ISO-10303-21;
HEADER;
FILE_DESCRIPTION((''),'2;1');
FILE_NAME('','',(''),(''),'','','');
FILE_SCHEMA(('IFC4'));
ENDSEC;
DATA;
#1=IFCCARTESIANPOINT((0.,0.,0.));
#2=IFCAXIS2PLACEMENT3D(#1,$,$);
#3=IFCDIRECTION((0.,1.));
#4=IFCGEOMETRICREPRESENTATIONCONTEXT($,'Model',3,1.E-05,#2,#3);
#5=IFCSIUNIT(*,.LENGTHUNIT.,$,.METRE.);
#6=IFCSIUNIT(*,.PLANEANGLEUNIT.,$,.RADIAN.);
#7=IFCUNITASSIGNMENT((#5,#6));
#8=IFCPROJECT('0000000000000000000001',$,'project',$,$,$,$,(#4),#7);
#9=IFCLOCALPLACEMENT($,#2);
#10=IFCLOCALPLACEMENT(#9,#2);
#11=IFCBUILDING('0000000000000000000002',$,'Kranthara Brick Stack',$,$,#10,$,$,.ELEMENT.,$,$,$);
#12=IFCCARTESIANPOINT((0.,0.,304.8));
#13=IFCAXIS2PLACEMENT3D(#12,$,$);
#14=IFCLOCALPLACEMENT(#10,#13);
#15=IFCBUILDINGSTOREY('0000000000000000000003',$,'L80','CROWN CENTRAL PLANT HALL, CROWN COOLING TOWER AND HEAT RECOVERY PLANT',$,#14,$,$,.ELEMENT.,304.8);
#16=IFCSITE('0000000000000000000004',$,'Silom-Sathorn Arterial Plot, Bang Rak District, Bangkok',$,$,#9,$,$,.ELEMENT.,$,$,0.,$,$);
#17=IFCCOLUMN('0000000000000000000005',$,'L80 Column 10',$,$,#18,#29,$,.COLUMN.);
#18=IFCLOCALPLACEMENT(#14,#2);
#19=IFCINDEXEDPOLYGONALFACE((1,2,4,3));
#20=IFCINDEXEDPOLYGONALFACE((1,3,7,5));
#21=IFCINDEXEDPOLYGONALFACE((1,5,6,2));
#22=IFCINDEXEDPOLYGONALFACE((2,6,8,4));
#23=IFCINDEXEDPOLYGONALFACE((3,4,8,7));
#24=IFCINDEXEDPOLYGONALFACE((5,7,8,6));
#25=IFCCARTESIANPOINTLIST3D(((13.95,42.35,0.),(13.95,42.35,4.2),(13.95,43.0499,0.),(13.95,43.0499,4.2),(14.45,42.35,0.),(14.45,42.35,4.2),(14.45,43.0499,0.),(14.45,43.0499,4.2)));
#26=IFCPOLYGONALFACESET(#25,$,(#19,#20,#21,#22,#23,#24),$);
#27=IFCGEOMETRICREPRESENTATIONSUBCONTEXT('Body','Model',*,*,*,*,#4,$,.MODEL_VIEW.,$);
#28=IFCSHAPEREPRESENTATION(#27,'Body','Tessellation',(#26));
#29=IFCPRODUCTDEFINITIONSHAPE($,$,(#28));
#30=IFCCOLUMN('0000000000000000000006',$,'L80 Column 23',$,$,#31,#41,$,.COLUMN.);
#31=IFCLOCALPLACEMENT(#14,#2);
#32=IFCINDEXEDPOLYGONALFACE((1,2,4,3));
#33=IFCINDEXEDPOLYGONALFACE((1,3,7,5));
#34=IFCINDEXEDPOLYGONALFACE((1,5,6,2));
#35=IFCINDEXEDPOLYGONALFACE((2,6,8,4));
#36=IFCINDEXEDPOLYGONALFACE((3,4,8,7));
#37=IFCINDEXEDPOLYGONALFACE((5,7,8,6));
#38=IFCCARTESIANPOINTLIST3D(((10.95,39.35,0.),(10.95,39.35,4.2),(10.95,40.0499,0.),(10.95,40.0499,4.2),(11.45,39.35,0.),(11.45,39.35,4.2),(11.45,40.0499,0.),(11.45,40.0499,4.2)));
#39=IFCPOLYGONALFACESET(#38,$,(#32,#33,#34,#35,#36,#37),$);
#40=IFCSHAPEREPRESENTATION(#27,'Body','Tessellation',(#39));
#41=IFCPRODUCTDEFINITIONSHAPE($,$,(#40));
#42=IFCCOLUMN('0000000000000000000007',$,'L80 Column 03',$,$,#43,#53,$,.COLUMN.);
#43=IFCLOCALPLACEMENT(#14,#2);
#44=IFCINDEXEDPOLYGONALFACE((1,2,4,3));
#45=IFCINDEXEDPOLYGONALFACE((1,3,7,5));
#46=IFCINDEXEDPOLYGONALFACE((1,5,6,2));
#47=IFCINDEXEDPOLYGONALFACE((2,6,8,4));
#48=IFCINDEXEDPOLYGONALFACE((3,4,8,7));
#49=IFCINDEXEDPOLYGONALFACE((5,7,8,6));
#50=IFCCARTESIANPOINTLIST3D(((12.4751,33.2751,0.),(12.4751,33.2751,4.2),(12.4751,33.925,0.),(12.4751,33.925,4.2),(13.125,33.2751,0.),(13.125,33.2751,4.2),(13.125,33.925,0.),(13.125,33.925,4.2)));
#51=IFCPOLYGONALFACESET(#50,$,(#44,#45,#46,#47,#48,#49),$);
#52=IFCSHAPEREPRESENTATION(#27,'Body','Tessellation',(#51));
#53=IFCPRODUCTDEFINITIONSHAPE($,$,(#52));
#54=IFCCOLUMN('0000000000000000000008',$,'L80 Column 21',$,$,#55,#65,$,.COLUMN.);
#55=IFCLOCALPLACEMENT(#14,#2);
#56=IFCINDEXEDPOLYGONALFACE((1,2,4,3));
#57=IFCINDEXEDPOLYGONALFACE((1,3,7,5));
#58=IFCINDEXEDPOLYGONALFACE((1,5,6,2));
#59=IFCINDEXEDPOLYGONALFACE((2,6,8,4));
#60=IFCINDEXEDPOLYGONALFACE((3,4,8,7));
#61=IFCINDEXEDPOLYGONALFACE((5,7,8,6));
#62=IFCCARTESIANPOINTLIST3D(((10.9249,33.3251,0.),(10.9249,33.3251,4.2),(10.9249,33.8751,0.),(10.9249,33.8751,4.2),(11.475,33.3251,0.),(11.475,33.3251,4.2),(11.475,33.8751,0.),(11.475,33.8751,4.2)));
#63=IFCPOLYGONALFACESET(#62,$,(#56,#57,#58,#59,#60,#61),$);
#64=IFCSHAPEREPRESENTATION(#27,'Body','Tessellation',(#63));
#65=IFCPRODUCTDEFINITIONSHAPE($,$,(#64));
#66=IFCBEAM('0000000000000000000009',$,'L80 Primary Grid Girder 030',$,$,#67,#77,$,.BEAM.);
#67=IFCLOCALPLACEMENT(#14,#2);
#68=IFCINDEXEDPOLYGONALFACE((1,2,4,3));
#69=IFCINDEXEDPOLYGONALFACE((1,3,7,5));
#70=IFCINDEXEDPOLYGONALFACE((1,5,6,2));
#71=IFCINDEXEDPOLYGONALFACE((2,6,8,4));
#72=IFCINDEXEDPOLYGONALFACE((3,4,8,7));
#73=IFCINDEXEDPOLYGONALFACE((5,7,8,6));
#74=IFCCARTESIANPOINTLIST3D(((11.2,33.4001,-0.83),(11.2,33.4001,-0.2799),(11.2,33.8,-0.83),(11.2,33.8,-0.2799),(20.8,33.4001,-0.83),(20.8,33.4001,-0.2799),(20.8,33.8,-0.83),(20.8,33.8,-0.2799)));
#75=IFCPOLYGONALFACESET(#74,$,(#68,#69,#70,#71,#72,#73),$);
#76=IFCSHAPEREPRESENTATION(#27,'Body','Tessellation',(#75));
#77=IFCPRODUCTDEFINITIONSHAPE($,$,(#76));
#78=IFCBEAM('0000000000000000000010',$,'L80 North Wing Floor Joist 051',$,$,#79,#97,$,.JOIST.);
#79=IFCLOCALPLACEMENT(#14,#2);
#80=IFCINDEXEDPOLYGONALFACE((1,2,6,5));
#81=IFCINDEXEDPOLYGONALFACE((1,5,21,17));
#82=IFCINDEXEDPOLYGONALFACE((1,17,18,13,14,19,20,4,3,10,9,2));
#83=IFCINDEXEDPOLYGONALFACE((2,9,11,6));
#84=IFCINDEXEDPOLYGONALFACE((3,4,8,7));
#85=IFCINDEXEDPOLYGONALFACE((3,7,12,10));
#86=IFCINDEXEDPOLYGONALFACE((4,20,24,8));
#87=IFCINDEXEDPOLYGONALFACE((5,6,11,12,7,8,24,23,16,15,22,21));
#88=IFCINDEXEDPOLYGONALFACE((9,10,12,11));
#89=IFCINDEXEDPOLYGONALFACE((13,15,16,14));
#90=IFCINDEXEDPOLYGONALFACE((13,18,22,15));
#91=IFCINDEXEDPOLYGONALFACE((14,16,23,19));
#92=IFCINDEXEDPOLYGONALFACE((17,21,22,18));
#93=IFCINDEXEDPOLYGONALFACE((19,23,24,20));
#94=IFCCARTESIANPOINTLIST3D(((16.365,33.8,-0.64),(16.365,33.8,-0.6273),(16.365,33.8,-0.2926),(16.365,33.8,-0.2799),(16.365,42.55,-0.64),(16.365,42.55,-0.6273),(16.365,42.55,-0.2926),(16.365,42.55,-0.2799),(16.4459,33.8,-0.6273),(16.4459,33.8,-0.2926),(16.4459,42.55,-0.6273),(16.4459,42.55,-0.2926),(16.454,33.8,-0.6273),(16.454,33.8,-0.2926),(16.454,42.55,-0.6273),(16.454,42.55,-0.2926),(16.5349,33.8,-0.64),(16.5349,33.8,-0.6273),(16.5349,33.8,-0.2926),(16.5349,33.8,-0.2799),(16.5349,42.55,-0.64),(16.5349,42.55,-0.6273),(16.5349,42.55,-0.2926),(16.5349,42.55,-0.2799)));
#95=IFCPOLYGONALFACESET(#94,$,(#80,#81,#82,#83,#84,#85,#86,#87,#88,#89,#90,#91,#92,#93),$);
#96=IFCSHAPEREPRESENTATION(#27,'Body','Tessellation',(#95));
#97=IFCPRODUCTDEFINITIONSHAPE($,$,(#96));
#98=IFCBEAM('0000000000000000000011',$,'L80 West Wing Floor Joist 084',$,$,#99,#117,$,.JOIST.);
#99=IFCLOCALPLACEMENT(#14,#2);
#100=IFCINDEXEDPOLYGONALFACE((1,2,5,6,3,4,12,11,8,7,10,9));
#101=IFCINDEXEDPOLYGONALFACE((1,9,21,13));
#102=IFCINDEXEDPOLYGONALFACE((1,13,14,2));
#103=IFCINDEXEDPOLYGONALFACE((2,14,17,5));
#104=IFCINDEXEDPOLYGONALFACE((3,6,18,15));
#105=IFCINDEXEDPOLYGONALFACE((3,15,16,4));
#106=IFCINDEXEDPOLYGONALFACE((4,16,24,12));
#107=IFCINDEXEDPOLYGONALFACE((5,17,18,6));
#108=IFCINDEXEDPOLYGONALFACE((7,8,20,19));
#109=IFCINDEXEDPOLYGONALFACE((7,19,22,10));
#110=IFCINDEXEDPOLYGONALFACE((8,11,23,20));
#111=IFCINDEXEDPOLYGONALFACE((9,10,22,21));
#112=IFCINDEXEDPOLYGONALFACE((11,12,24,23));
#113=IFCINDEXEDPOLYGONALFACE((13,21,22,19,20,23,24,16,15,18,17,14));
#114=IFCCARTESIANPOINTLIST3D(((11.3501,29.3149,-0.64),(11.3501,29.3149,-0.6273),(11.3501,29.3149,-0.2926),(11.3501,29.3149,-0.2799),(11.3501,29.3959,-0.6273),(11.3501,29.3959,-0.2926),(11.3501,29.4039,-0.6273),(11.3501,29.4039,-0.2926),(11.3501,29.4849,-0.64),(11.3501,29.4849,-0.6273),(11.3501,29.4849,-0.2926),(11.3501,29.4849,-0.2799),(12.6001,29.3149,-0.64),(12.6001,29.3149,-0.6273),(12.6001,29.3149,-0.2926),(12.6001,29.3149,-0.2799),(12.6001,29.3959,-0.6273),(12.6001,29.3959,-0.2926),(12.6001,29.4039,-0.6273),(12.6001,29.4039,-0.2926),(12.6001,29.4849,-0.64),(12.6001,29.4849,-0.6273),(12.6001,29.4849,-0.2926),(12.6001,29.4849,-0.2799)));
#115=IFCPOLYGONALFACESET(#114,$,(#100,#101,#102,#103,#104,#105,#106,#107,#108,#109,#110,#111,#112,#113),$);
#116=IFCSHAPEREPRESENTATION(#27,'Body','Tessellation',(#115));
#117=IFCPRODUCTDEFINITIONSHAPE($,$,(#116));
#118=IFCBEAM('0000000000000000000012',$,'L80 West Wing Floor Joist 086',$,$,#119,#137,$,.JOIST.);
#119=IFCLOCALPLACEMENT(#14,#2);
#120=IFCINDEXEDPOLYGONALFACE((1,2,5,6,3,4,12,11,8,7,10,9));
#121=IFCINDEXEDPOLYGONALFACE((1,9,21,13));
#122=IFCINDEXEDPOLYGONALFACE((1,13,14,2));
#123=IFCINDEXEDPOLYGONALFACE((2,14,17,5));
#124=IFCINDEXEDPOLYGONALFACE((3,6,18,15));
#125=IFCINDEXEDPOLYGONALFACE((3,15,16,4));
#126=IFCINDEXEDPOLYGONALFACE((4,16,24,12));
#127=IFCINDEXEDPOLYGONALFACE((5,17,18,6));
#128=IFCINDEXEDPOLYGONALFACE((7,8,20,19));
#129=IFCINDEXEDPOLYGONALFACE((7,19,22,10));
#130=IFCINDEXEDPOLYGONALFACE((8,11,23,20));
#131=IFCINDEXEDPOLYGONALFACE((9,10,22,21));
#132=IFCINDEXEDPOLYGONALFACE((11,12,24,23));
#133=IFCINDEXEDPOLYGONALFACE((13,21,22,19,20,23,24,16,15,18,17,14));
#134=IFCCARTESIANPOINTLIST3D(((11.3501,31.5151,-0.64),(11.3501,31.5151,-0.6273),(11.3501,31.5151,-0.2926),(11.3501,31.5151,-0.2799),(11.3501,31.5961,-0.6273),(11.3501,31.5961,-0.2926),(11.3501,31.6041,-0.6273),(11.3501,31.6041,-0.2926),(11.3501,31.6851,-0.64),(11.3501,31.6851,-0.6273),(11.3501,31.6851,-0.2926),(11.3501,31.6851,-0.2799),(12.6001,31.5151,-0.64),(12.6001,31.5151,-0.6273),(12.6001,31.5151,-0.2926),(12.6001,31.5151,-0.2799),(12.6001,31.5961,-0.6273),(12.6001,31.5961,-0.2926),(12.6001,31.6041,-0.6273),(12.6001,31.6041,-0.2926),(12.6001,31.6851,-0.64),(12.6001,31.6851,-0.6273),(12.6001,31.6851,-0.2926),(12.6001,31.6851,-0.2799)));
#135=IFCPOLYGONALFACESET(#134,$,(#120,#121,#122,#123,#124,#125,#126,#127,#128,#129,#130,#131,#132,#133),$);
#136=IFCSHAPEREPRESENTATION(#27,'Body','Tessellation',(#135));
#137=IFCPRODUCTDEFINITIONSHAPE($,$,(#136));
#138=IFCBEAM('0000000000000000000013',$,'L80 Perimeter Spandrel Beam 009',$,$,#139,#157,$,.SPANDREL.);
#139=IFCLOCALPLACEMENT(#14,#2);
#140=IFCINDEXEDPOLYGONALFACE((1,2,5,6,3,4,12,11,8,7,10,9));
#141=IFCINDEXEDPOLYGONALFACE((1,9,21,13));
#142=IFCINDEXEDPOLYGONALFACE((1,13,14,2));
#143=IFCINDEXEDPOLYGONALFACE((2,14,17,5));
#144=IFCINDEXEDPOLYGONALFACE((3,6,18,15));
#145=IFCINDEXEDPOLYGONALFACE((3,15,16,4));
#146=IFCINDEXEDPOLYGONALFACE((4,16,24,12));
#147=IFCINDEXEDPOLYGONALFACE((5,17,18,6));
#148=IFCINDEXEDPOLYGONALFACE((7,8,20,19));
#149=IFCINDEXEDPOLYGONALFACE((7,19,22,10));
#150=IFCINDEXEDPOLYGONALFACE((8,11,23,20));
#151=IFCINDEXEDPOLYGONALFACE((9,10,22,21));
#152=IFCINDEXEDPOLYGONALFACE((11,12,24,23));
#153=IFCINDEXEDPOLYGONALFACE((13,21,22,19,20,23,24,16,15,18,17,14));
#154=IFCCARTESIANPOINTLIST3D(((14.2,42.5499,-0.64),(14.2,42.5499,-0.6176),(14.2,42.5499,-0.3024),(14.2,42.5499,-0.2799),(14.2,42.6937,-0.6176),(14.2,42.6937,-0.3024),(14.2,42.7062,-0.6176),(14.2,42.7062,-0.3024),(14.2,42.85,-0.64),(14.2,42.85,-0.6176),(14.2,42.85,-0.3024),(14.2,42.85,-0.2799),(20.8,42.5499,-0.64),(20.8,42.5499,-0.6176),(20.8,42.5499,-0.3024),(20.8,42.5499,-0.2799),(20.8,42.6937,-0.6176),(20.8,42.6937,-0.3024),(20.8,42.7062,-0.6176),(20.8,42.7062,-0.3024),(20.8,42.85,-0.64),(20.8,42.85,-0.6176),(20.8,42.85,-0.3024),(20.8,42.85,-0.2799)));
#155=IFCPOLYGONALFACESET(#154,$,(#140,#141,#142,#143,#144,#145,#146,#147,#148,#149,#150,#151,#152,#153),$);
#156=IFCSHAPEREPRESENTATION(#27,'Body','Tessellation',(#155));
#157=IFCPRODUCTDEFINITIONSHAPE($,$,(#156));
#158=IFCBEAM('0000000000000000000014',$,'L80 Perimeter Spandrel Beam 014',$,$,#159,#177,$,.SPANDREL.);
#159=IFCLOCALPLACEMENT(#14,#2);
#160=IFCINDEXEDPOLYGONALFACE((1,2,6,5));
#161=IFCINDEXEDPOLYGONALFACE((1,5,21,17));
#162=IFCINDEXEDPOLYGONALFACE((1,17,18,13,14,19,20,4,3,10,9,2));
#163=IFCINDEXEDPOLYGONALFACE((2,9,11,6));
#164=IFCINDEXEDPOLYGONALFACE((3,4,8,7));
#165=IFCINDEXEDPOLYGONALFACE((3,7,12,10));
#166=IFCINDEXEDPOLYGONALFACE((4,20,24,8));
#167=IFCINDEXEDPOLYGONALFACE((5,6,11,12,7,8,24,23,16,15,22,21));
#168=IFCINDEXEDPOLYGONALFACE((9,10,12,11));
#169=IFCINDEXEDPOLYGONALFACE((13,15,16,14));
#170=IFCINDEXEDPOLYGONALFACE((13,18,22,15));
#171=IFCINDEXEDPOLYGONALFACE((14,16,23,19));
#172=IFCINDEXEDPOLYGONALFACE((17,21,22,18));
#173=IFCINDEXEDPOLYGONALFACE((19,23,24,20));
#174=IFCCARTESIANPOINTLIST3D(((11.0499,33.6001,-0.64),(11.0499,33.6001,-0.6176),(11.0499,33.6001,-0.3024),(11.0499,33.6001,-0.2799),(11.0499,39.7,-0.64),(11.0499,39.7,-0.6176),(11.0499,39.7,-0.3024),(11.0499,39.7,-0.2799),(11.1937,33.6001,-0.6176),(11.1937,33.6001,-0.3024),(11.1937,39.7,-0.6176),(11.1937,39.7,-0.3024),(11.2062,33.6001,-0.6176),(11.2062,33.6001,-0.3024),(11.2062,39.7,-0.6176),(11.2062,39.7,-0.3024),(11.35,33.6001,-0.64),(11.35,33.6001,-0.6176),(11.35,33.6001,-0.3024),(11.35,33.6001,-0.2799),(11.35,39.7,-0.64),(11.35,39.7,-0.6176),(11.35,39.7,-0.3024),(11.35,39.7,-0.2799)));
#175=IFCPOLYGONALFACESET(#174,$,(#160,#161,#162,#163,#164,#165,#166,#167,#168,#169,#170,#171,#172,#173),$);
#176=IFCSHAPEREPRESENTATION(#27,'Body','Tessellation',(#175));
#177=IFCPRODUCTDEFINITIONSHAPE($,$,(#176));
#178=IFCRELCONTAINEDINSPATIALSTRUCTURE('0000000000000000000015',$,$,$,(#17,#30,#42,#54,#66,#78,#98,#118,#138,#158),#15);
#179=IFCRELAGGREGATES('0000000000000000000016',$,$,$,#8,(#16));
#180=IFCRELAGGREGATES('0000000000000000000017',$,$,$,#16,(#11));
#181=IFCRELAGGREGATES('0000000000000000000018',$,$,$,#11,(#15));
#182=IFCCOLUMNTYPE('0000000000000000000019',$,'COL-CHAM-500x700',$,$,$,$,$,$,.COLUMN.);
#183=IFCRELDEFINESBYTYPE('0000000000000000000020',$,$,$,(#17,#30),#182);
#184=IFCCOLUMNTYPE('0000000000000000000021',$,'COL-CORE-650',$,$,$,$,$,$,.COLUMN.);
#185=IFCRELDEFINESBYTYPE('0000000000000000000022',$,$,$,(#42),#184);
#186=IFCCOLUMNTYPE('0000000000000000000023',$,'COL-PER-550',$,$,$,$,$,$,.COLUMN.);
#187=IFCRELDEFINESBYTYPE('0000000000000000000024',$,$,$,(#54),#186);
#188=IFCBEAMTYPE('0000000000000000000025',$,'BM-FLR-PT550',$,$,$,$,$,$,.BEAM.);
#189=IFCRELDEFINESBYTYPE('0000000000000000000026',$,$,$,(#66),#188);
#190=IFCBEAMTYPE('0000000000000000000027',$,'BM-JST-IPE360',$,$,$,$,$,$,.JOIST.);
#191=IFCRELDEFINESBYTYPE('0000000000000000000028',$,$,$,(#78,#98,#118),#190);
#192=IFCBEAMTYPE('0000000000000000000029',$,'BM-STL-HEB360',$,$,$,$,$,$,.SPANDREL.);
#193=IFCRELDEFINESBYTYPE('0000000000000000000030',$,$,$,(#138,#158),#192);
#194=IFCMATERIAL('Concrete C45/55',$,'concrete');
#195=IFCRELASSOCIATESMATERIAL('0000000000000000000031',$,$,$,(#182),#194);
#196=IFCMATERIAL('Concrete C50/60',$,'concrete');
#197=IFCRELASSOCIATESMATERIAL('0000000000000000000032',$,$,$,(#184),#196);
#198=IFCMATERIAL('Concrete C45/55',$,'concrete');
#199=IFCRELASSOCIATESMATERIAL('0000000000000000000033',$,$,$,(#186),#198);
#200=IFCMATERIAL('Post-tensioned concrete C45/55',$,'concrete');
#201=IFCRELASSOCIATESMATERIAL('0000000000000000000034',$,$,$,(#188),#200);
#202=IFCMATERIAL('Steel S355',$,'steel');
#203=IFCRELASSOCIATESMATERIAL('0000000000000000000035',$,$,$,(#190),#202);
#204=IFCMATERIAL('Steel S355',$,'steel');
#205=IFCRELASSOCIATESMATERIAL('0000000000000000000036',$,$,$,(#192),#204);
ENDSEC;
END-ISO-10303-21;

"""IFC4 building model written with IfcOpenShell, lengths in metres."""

from ifc_helpers import new_model, si_unit, direction, frame, origin, origin_2d, place, context, subcontext, project, spatial, rectangle, i_section, extrude, material, material_profile, profile_set, type_object, element, save


model = new_model("IFC4")

# Units and contexts
model_context = context("Model", 3, precision=1e-05, world=origin(), true_north=direction((0.0, 1.0)))
body_context = subcontext(model_context, "Body", "Model", "MODEL_VIEW")
ifc_project = project(units=[si_unit("LENGTHUNIT", "METRE"), si_unit("PLANEANGLEUNIT", "RADIAN")], contexts=[model_context])

# Site, building, storey
site_placement = place(None, origin())
site = spatial("IfcSite", under=ifc_project, at=site_placement, Name="Silom-Sathorn Arterial Plot, Bang Rak District, Bangkok", CompositionType="ELEMENT", RefElevation=0.0)
building_placement = place(site_placement, origin())
building = spatial("IfcBuilding", under=site, at=building_placement, Name="Kranthara Brick Stack", CompositionType="ELEMENT")
storey_placement = place(building_placement, frame((0.0, 0.0, 304.8)))
storey = spatial("IfcBuildingStorey", under=building, at=storey_placement, Name="L80", Description="CROWN CENTRAL PLANT HALL, CROWN COOLING TOWER AND HEAT RECOVERY PLANT", CompositionType="ELEMENT", Elevation=304.8)

# Columns
ifc_material_1 = material(Name="Concrete C45/55", Category="concrete")
ifc_material_profile_1 = material_profile(ifc_material_1, rectangle(XDim=0.5, YDim=0.7, at=origin_2d()), Name="RC 500x700")
ifc_profile_set_1 = profile_set([ifc_material_profile_1], Name="Concrete C45/55")
column_type_1 = type_object("IfcColumnType", Name="COL-CHAM-500x700", PredefinedType="COLUMN", material=ifc_profile_set_1)
for number, where, z_axis, x_axis, name in (
    (1, (14.2, 42.7, 0.0), (0.0, 0.0, 1.0), (1.0, 0.0, 0.0), "L80 Column 10"),
    (2, (11.2, 39.7, 0.0), (0.0, 0.0, 1.0), (1.0, 0.0, 0.0), "L80 Column 23"),
):
    element("IfcColumn", number, at=place(storey_placement, frame(where, z_axis=z_axis, x_axis=x_axis)), inside=storey, type_object=column_type_1, Name=name, PredefinedType="COLUMN", context=body_context, shape_type="SweptSolid", body=[
        extrude(rectangle(XDim=0.5, YDim=0.7, at=origin_2d()), origin(), (0.0, 0.0, 1.0), 4.2),
    ])
ifc_material_2 = material(Name="Concrete C50/60", Category="concrete")
ifc_material_profile_2 = material_profile(ifc_material_2, rectangle(XDim=0.6499, YDim=0.6499, at=origin_2d()), Name="RC 650x650")
ifc_profile_set_2 = profile_set([ifc_material_profile_2], Name="Concrete C50/60")
column_type_2 = type_object("IfcColumnType", Name="COL-CORE-650", PredefinedType="COLUMN", material=ifc_profile_set_2)
column_1_placement = place(storey_placement, frame((12.8, 33.6001, 0.0), z_axis=(0.0, 0.0, 1.0), x_axis=(1.0, 0.0, 0.0)))
element("IfcColumn", 3, at=column_1_placement, inside=storey, type_object=column_type_2, Name="L80 Column 03", PredefinedType="COLUMN", context=body_context, shape_type="SweptSolid", body=[
    extrude(rectangle(XDim=0.6499, YDim=0.6499, at=origin_2d()), origin(), (0.0, 0.0, 1.0), 4.2),
])
ifc_material_3 = material(Name="Concrete C45/55", Category="concrete")
ifc_material_profile_3 = material_profile(ifc_material_3, rectangle(XDim=0.55, YDim=0.55, at=origin_2d()), Name="RC 550x550")
ifc_profile_set_3 = profile_set([ifc_material_profile_3], Name="Concrete C45/55")
column_type_3 = type_object("IfcColumnType", Name="COL-PER-550", PredefinedType="COLUMN", material=ifc_profile_set_3)
column_2_placement = place(storey_placement, frame((11.2, 33.6001, 0.0), z_axis=(0.0, 0.0, 1.0), x_axis=(1.0, 0.0, 0.0)))
element("IfcColumn", 4, at=column_2_placement, inside=storey, type_object=column_type_3, Name="L80 Column 21", PredefinedType="COLUMN", context=body_context, shape_type="SweptSolid", body=[
    extrude(rectangle(XDim=0.55, YDim=0.55, at=origin_2d()), origin(), (0.0, 0.0, 1.0), 4.2),
])

# Beams
ifc_material_4 = material(Name="Post-tensioned concrete C45/55", Category="concrete")
ifc_material_profile_4 = material_profile(ifc_material_4, rectangle(XDim=0.3999, YDim=0.55, at=origin_2d()), Name="PT 400x550")
ifc_profile_set_4 = profile_set([ifc_material_profile_4], Name="Post-tensioned concrete C45/55")
beam_type_1 = type_object("IfcBeamType", Name="BM-FLR-PT550", PredefinedType="BEAM", material=ifc_profile_set_4)
beam_1_placement = place(storey_placement, frame((11.2, 33.6001, -0.5549), z_axis=(1.0, 0.0, 0.0), x_axis=(0.0, 1.0, 0.0)))
element("IfcBeam", 5, at=beam_1_placement, inside=storey, type_object=beam_type_1, Name="L80 Primary Grid Girder 030", PredefinedType="BEAM", context=body_context, shape_type="SweptSolid", body=[
    extrude(rectangle(XDim=0.3999, YDim=0.55, at=origin_2d()), origin(), (0.0, 0.0, 1.0), 9.6001),
])
ifc_material_5 = material(Name="Steel S355", Category="steel")
ifc_material_profile_5 = material_profile(ifc_material_5, i_section(OverallWidth=0.1699, OverallDepth=0.3601, WebThickness=0.0081, FlangeThickness=0.0127, at=origin_2d()), Name="IPE 360")
ifc_profile_set_5 = profile_set([ifc_material_profile_5], Name="Steel S355")
beam_type_2 = type_object("IfcBeamType", Name="BM-JST-IPE360", PredefinedType="JOIST", material=ifc_profile_set_5)
beam_2_placement = place(storey_placement, frame((16.45, 33.8, -0.46), z_axis=(0.0, 1.0, 0.0), x_axis=(-1.0, 0.0, 0.0)))
element("IfcBeam", 6, at=beam_2_placement, inside=storey, type_object=beam_type_2, Name="L80 North Wing Floor Joist 051", PredefinedType="JOIST", context=body_context, shape_type="SweptSolid", body=[
    extrude(i_section(OverallWidth=0.1699, OverallDepth=0.3601, WebThickness=0.0081, FlangeThickness=0.0127, at=origin_2d()), origin(), (0.0, 0.0, 1.0), 8.75),
])
for number, where, z_axis, x_axis, name in (
    (7, (11.3501, 29.3999, -0.46), (1.0, 0.0, 0.0), (0.0, 1.0, 0.0), "L80 West Wing Floor Joist 084"),
    (8, (11.3501, 31.6001, -0.46), (1.0, 0.0, 0.0), (0.0, 1.0, 0.0), "L80 West Wing Floor Joist 086"),
):
    element("IfcBeam", number, at=place(storey_placement, frame(where, z_axis=z_axis, x_axis=x_axis)), inside=storey, type_object=beam_type_2, Name=name, PredefinedType="JOIST", context=body_context, shape_type="SweptSolid", body=[
        extrude(i_section(OverallWidth=0.1699, OverallDepth=0.3601, WebThickness=0.0081, FlangeThickness=0.0127, at=origin_2d()), origin(), (0.0, 0.0, 1.0), 1.25),
    ])
ifc_material_6 = material(Name="Steel S355", Category="steel")
ifc_material_profile_6 = material_profile(ifc_material_6, i_section(OverallWidth=0.3, OverallDepth=0.3601, WebThickness=0.0125, FlangeThickness=0.0225, at=origin_2d()), Name="HEB 360")
ifc_profile_set_6 = profile_set([ifc_material_profile_6], Name="Steel S355")
beam_type_3 = type_object("IfcBeamType", Name="BM-STL-HEB360", PredefinedType="SPANDREL", material=ifc_profile_set_6)
beam_3_placement = place(storey_placement, frame((14.2, 42.7, -0.46), z_axis=(1.0, 0.0, 0.0), x_axis=(0.0, 1.0, 0.0)))
element("IfcBeam", 9, at=beam_3_placement, inside=storey, type_object=beam_type_3, Name="L80 Perimeter Spandrel Beam 009", PredefinedType="SPANDREL", context=body_context, shape_type="SweptSolid", body=[
    extrude(i_section(OverallWidth=0.3, OverallDepth=0.3601, WebThickness=0.0125, FlangeThickness=0.0225, at=origin_2d()), origin(), (0.0, 0.0, 1.0), 6.6001),
])
beam_4_placement = place(storey_placement, frame((11.2, 33.6001, -0.46), z_axis=(0.0, 1.0, 0.0), x_axis=(-1.0, 0.0, 0.0)))
element("IfcBeam", 10, at=beam_4_placement, inside=storey, type_object=beam_type_3, Name="L80 Perimeter Spandrel Beam 014", PredefinedType="SPANDREL", context=body_context, shape_type="SweptSolid", body=[
    extrude(i_section(OverallWidth=0.3, OverallDepth=0.3601, WebThickness=0.0125, FlangeThickness=0.0225, at=origin_2d()), origin(), (0.0, 0.0, 1.0), 6.0999),
])

save(model, "model.ifc")
